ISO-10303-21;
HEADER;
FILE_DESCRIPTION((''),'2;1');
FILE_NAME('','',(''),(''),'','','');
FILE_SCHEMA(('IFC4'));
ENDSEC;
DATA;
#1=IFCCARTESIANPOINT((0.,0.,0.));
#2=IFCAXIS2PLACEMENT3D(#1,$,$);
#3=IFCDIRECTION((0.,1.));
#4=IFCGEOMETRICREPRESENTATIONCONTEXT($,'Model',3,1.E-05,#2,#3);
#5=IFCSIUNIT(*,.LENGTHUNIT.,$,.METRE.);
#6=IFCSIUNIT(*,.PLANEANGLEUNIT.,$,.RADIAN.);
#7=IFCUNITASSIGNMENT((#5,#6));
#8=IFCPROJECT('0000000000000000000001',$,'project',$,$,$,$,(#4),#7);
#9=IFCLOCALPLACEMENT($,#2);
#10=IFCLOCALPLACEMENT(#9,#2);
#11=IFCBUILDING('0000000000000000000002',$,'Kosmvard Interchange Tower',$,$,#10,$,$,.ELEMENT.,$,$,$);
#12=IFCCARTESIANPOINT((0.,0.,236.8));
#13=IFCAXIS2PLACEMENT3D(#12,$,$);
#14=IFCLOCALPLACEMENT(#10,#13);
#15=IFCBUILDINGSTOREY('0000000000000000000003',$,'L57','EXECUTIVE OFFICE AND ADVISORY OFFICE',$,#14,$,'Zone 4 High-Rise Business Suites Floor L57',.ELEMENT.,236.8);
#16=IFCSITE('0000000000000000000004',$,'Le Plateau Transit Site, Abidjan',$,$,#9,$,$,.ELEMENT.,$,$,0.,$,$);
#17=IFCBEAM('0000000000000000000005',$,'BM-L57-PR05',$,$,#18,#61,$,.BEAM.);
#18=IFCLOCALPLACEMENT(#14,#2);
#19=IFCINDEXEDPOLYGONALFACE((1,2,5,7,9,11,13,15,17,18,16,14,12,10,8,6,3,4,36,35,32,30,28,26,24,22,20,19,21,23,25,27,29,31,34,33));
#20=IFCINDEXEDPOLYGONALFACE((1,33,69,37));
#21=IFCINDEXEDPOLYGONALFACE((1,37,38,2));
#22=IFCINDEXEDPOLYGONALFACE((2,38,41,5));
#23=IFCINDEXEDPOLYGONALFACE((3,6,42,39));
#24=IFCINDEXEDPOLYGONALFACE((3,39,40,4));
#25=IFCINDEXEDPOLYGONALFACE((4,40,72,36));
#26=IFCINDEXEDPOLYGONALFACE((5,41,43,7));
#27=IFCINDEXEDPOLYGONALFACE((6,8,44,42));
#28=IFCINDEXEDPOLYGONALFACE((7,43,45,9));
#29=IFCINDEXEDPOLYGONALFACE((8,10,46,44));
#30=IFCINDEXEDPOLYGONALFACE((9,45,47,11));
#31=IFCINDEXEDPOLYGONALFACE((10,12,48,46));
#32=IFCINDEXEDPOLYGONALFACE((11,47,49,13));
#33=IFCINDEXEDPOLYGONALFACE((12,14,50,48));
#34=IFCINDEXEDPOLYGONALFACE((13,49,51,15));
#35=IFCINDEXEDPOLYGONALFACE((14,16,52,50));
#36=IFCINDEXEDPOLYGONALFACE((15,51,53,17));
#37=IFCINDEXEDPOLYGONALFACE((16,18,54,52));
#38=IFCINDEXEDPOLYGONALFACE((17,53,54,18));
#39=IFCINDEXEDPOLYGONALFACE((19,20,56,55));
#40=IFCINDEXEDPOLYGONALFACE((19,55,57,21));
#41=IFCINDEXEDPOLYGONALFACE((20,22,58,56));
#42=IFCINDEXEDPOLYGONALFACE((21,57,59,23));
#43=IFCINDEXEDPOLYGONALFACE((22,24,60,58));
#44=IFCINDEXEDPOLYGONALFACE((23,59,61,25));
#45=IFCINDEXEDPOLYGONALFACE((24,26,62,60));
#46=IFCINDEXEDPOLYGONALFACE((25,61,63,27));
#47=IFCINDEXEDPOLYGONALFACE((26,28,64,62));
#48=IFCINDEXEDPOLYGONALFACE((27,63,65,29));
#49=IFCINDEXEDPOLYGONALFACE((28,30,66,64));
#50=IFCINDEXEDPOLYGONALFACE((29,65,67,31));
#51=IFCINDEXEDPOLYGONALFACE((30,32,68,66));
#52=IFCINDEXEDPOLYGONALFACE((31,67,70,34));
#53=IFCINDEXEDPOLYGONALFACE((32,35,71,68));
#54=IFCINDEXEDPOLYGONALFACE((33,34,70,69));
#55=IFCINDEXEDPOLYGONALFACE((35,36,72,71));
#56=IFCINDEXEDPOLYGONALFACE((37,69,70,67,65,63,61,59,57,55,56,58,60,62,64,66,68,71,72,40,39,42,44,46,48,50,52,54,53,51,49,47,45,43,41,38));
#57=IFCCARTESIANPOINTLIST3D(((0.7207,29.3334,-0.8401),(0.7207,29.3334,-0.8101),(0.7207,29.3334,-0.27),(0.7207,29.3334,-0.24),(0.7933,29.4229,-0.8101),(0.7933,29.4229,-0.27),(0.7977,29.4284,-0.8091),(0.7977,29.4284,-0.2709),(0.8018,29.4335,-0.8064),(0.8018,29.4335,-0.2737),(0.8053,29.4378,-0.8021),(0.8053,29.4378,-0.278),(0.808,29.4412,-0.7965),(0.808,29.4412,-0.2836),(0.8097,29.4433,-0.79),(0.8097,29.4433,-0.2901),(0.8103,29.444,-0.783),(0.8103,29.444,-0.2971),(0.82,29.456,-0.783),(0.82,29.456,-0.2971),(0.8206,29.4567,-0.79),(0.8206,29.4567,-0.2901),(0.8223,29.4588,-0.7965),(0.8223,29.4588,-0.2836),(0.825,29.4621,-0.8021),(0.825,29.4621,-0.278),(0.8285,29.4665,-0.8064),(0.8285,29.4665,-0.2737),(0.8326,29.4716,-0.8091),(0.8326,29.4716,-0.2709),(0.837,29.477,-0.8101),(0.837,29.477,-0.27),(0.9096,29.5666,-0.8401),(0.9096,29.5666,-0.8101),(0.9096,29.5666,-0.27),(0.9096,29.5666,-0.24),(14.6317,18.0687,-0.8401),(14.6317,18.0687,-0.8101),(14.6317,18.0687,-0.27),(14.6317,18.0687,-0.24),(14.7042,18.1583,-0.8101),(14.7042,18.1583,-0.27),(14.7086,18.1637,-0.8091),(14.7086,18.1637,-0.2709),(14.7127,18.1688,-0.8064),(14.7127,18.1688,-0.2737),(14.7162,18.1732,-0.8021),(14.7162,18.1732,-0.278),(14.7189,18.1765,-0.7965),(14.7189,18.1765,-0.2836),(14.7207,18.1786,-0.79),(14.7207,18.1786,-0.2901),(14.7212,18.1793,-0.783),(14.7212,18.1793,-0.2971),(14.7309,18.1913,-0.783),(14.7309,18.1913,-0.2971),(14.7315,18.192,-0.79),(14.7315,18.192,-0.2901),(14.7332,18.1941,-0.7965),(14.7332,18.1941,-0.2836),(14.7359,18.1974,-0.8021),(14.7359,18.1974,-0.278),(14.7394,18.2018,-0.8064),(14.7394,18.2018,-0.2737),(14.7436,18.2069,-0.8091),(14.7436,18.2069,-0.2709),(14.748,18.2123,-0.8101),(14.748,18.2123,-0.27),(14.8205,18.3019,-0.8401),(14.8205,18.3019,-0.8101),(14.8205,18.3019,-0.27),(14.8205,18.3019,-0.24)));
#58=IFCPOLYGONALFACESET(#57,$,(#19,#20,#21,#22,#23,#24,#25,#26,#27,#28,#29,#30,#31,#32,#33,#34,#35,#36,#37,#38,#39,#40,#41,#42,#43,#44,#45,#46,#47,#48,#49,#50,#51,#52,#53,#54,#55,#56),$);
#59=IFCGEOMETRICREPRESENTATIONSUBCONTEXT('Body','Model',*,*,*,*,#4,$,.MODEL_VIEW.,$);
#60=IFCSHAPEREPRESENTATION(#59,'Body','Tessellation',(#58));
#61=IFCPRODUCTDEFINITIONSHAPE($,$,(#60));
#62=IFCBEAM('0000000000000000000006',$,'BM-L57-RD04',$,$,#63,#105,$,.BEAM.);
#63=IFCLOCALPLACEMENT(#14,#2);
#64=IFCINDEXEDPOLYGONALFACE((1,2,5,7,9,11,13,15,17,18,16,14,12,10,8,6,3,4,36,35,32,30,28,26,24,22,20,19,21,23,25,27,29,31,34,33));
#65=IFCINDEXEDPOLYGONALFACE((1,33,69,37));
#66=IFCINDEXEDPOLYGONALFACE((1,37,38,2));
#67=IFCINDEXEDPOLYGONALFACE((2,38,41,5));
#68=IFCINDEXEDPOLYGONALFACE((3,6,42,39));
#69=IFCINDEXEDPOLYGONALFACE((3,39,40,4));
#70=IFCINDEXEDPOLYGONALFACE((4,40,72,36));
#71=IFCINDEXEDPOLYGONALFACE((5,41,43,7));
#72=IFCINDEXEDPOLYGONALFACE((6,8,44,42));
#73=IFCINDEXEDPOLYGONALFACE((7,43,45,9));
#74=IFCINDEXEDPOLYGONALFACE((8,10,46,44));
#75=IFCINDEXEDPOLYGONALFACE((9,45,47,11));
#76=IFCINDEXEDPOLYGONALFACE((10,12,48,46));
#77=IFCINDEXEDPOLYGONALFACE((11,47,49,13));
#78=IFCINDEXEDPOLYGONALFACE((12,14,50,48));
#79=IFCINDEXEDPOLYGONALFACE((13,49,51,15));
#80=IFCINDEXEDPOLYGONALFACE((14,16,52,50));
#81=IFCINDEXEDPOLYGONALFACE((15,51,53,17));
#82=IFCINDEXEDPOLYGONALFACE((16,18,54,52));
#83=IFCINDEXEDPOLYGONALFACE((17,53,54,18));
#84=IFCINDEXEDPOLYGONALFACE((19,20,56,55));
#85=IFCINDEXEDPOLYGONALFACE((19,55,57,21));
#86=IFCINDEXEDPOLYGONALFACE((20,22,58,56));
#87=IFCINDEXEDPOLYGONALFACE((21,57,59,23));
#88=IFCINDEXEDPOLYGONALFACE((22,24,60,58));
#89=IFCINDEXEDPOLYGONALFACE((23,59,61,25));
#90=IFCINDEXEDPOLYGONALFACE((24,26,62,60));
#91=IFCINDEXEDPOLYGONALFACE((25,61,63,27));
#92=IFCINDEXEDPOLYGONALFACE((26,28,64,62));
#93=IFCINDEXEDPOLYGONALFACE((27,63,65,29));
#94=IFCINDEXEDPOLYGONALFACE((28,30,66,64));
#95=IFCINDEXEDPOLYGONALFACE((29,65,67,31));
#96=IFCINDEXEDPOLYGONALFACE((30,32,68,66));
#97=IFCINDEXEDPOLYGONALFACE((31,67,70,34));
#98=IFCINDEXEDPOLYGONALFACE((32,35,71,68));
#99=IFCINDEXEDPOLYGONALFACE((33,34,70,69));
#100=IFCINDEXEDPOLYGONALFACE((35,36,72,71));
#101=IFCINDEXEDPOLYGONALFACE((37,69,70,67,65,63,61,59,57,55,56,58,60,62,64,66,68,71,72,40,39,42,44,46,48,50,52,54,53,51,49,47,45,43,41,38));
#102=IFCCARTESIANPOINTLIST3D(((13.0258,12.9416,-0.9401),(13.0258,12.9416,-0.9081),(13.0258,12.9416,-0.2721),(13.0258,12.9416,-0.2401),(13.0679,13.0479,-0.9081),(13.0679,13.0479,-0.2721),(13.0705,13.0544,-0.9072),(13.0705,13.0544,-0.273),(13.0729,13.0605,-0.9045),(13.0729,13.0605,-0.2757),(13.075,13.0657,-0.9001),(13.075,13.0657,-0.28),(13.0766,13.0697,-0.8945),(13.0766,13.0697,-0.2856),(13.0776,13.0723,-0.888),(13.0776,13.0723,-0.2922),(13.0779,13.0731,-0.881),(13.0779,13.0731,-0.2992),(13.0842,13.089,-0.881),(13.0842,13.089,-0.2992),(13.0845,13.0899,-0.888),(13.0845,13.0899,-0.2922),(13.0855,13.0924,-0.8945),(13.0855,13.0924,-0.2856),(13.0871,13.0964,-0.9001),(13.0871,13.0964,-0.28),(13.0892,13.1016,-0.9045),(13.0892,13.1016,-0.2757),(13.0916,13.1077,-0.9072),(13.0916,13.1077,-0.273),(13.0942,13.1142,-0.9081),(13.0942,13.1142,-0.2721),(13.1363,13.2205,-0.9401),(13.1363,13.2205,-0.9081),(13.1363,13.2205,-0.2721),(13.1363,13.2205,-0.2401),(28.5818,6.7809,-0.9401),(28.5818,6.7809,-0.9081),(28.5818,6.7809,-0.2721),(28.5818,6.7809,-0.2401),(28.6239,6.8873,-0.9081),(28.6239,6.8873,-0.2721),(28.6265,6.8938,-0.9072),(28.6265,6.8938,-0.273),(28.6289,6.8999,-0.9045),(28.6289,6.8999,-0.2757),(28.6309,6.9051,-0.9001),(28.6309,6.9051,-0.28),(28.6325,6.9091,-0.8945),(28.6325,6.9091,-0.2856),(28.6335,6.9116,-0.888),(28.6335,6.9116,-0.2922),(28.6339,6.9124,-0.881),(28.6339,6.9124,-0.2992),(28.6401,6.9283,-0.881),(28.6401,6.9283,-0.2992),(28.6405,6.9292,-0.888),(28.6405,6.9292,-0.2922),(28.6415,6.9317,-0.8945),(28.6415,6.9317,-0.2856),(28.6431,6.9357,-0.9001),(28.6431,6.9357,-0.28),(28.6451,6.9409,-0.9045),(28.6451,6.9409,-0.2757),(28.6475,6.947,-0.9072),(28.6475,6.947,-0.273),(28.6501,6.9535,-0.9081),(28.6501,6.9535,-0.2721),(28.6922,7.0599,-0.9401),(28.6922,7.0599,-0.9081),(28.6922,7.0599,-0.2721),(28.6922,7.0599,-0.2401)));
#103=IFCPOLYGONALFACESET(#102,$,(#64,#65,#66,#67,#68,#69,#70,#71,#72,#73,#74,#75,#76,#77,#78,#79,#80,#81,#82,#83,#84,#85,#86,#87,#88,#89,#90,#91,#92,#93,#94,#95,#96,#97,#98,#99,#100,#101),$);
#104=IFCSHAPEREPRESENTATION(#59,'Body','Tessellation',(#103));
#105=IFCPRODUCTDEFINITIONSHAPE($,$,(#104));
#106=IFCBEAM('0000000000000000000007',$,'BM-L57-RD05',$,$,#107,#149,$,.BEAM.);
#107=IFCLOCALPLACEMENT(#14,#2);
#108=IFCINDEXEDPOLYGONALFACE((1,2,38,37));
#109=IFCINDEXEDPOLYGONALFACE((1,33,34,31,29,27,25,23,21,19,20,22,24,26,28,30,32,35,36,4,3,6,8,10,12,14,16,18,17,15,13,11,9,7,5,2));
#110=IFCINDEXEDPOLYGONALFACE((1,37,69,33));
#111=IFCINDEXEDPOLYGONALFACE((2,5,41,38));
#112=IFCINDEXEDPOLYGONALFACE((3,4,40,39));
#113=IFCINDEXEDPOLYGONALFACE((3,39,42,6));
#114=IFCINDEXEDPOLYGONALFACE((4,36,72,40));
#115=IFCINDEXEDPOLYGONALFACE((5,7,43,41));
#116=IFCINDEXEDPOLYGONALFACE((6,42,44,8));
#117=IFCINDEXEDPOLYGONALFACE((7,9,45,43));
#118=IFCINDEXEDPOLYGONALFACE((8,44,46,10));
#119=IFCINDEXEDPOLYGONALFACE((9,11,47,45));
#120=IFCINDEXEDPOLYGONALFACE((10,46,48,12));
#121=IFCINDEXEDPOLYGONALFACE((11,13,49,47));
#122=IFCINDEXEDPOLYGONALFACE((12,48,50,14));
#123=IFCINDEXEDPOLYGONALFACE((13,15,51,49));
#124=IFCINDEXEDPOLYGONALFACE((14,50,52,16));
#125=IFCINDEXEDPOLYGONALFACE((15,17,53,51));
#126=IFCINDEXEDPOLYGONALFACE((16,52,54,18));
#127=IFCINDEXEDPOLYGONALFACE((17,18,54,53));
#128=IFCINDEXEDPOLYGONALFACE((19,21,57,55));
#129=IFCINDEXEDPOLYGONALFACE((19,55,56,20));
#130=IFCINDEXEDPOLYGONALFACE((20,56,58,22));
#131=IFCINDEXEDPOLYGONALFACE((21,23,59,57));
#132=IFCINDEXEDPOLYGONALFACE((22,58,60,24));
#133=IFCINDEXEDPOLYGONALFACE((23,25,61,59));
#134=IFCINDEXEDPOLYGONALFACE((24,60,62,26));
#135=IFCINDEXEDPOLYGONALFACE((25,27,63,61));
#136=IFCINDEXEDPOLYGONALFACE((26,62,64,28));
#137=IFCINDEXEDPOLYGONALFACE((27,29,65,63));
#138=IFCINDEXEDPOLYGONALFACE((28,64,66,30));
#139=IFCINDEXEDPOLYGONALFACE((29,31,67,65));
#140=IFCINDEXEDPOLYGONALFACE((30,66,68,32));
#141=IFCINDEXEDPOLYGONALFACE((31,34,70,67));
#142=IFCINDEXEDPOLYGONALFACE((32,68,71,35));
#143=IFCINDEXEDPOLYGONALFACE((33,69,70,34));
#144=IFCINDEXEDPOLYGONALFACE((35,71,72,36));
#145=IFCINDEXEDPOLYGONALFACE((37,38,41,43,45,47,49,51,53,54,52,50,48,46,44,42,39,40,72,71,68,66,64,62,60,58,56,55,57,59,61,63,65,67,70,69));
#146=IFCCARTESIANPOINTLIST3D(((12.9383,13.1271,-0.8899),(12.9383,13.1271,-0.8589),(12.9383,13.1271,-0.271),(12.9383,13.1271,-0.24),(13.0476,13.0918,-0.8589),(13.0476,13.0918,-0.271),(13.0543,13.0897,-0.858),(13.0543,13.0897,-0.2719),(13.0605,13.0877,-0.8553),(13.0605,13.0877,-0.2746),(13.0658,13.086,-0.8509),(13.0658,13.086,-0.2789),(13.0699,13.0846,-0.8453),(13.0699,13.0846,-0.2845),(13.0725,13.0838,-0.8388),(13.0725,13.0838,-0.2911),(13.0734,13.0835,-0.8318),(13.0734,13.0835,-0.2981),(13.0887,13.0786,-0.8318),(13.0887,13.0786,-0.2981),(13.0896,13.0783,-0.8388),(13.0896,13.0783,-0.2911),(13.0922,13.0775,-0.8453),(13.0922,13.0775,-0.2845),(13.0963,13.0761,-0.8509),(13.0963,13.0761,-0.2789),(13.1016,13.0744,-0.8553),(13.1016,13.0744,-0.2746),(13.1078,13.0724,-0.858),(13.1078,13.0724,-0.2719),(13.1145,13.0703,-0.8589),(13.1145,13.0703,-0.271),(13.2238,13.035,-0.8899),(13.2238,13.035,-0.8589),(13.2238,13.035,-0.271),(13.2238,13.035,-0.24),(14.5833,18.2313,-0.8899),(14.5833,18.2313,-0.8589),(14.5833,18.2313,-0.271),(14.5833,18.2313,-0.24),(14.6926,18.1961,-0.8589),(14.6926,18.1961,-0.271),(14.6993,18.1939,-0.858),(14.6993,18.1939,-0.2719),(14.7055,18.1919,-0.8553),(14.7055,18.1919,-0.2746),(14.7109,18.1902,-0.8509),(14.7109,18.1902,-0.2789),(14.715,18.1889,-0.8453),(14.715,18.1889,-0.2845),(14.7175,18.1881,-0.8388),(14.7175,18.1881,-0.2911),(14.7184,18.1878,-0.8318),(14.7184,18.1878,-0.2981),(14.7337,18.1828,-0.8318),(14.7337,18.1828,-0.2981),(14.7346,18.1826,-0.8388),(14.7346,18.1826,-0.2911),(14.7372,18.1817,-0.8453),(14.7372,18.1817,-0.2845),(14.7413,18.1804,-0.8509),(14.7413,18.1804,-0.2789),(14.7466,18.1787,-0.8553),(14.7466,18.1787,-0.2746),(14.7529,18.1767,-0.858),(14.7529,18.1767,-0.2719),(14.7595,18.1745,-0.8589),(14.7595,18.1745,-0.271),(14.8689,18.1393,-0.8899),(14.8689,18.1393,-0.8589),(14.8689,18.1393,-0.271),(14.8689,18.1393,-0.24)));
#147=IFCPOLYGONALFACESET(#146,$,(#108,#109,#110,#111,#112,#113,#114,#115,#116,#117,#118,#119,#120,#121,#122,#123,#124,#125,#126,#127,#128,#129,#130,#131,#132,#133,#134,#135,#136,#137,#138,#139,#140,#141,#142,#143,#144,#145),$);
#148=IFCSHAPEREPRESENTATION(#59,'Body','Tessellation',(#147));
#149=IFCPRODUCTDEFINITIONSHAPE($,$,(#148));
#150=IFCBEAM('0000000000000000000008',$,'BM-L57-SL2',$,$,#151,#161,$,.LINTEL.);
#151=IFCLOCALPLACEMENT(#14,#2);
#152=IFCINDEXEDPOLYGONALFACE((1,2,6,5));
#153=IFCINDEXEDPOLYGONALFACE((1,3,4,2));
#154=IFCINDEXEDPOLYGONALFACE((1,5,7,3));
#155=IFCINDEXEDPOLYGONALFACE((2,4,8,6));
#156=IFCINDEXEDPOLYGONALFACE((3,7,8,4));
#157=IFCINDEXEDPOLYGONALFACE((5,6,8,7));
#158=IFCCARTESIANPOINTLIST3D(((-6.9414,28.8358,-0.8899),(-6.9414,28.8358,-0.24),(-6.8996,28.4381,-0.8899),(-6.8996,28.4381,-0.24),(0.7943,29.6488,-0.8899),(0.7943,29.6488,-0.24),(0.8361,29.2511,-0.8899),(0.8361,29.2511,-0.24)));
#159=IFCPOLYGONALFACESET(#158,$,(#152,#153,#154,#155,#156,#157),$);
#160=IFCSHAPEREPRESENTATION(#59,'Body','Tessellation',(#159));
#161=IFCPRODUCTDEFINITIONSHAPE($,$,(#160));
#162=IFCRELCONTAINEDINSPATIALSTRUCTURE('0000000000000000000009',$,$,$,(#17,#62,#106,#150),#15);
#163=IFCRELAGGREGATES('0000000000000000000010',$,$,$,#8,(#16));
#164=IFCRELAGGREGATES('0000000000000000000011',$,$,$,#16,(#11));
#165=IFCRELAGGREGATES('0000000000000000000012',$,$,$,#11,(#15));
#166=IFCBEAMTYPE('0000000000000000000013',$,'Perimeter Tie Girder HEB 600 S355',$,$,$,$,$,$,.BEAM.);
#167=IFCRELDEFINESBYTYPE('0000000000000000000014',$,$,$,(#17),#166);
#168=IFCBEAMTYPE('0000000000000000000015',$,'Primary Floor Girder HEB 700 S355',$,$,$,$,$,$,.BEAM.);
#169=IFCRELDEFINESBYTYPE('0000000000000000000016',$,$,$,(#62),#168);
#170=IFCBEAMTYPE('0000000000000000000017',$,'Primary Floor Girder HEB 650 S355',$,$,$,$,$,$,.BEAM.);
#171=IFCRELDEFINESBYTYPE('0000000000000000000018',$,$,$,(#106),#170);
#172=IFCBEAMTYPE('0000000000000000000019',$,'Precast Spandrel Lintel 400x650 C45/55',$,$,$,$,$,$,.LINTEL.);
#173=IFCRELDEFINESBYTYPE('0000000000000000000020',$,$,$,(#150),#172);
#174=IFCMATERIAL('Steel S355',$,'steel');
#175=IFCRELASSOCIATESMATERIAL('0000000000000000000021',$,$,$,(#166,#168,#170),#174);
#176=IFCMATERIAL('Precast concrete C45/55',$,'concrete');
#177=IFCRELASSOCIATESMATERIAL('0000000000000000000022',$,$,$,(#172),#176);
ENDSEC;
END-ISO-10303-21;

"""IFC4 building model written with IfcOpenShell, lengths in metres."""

from ifc_helpers import new_model, si_unit, direction, frame, origin, origin_2d, place, context, subcontext, project, spatial, rectangle, i_section, extrude, source, transform, mapped, material, material_profile, profile_set, type_object, element, save


model = new_model("IFC4")

# Units and contexts
model_context = context("Model", 3, precision=1e-05, world=origin(), true_north=direction((0.0, 1.0)))
body_context = subcontext(model_context, "Body", "Model", "MODEL_VIEW")
ifc_project = project(units=[si_unit("LENGTHUNIT", "METRE"), si_unit("PLANEANGLEUNIT", "RADIAN")], contexts=[model_context])

# Site, building, storey
site_placement = place(None, origin())
site = spatial("IfcSite", under=ifc_project, at=site_placement, Name="Le Plateau Transit Site, Abidjan", CompositionType="ELEMENT", RefElevation=0.0)
building_placement = place(site_placement, origin())
building = spatial("IfcBuilding", under=site, at=building_placement, Name="Kosmvard Interchange Tower", CompositionType="ELEMENT")
storey_placement = place(building_placement, frame((0.0, 0.0, 236.8)))
storey = spatial("IfcBuildingStorey", under=building, at=storey_placement, Name="L57", Description="EXECUTIVE OFFICE AND ADVISORY OFFICE", LongName="Zone 4 High-Rise Business Suites Floor L57", CompositionType="ELEMENT", Elevation=236.8)

# Beams
ifc_material_1 = material(Name="Steel S355", Category="steel")
ifc_material_profile_1 = material_profile(ifc_material_1, i_section(OverallWidth=0.3, OverallDepth=0.6001, WebThickness=0.0154, FlangeThickness=0.03, FilletRadius=0.0271, at=origin_2d()), Name="HEB 600")
ifc_profile_set_1 = profile_set([ifc_material_profile_1], Name="Steel S355")
beam_type_1 = type_object("IfcBeamType", Name="Perimeter Tie Girder HEB 600 S355", PredefinedType="BEAM", material=ifc_profile_set_1)
shared_shape_1 = source(origin(), body_context, "Body", "SweptSolid", [
    extrude(i_section(OverallWidth=0.3, OverallDepth=0.6001, WebThickness=0.0154, FlangeThickness=0.03, FilletRadius=0.0271, at=origin_2d()), origin(), (0.0, 0.0, 1.0), 17.8999),
])
beam_1_placement = place(storey_placement, frame((14.7261, 18.1853, -0.54), z_axis=(-0.777151, 0.629315, 0.0), x_axis=(-0.629315, -0.777151, 0.0)))
element("IfcBeam", 1, at=beam_1_placement, inside=storey, type_object=beam_type_1, Name="BM-L57-PR05", PredefinedType="BEAM", context=body_context, shape_type="MappedRepresentation", body=[
    mapped(shared_shape_1, transform((0.0, 0.0, 0.0), scale=1.0)),
])
ifc_material_profile_2 = material_profile(ifc_material_1, i_section(OverallWidth=0.3, OverallDepth=0.7, WebThickness=0.0171, FlangeThickness=0.032, FilletRadius=0.0271, at=origin_2d()), Name="HEB 700")
ifc_profile_set_2 = profile_set([ifc_material_profile_2], Name="Steel S355")
beam_type_2 = type_object("IfcBeamType", Name="Primary Floor Girder HEB 700 S355", PredefinedType="BEAM", material=ifc_profile_set_2)
shared_shape_2 = source(origin(), body_context, "Body", "SweptSolid", [
    extrude(i_section(OverallWidth=0.3, OverallDepth=0.7, WebThickness=0.0171, FlangeThickness=0.032, FilletRadius=0.0271, at=origin_2d()), origin(), (0.0, 0.0, 1.0), 16.7314),
])
beam_2_placement = place(storey_placement, frame((13.0811, 13.0811, -0.5901), z_axis=(0.929743, -0.368209, 0.0), x_axis=(0.368209, 0.929743, 0.0)))
element("IfcBeam", 2, at=beam_2_placement, inside=storey, type_object=beam_type_2, Name="BM-L57-RD04", PredefinedType="BEAM", context=body_context, shape_type="MappedRepresentation", body=[
    mapped(shared_shape_2, transform((0.0, 0.0, 0.0), scale=1.0)),
])
ifc_material_profile_3 = material_profile(ifc_material_1, i_section(OverallWidth=0.3, OverallDepth=0.6499, WebThickness=0.0161, FlangeThickness=0.031, FilletRadius=0.0271, at=origin_2d()), Name="HEB 650")
ifc_profile_set_3 = profile_set([ifc_material_profile_3], Name="Steel S355")
beam_type_3 = type_object("IfcBeamType", Name="Primary Floor Girder HEB 650 S355", PredefinedType="BEAM", material=ifc_profile_set_3)
shared_shape_3 = source(origin(), body_context, "Body", "SweptSolid", [
    extrude(i_section(OverallWidth=0.3, OverallDepth=0.6499, WebThickness=0.0161, FlangeThickness=0.031, FilletRadius=0.0271, at=origin_2d()), origin(), (0.0, 0.0, 1.0), 5.3628),
])
beam_3_placement = place(storey_placement, frame((13.0811, 13.0811, -0.5649), z_axis=(0.306747, 0.951791, 0.0), x_axis=(-0.951791, 0.306747, 0.0)))
element("IfcBeam", 3, at=beam_3_placement, inside=storey, type_object=beam_type_3, Name="BM-L57-RD05", PredefinedType="BEAM", context=body_context, shape_type="MappedRepresentation", body=[
    mapped(shared_shape_3, transform((0.0, 0.0, 0.0), scale=1.0)),
])
ifc_material_2 = material(Name="Precast concrete C45/55", Category="concrete")
ifc_material_profile_4 = material_profile(ifc_material_2, rectangle(XDim=0.3999, YDim=0.6499, at=origin_2d()), Name="SL 400x650")
ifc_profile_set_4 = profile_set([ifc_material_profile_4], Name="Precast concrete C45/55")
beam_type_4 = type_object("IfcBeamType", Name="Precast Spandrel Lintel 400x650 C45/55", PredefinedType="LINTEL", material=ifc_profile_set_4)
shared_shape_4 = source(origin(), body_context, "Body", "SweptSolid", [
    extrude(rectangle(XDim=0.3999, YDim=0.6499, at=origin_2d()), origin(), (0.0, 0.0, 1.0), 7.7783),
])
beam_4_placement = place(storey_placement, frame((0.8152, 29.45, -0.5649), z_axis=(-0.994523, -0.104521, 0.0), x_axis=(0.104521, -0.994523, 0.0)))
element("IfcBeam", 4, at=beam_4_placement, inside=storey, type_object=beam_type_4, Name="BM-L57-SL2", PredefinedType="LINTEL", context=body_context, shape_type="MappedRepresentation", body=[
    mapped(shared_shape_4, transform((0.0, 0.0, 0.0), scale=1.0)),
])

save(model, "model.ifc")
